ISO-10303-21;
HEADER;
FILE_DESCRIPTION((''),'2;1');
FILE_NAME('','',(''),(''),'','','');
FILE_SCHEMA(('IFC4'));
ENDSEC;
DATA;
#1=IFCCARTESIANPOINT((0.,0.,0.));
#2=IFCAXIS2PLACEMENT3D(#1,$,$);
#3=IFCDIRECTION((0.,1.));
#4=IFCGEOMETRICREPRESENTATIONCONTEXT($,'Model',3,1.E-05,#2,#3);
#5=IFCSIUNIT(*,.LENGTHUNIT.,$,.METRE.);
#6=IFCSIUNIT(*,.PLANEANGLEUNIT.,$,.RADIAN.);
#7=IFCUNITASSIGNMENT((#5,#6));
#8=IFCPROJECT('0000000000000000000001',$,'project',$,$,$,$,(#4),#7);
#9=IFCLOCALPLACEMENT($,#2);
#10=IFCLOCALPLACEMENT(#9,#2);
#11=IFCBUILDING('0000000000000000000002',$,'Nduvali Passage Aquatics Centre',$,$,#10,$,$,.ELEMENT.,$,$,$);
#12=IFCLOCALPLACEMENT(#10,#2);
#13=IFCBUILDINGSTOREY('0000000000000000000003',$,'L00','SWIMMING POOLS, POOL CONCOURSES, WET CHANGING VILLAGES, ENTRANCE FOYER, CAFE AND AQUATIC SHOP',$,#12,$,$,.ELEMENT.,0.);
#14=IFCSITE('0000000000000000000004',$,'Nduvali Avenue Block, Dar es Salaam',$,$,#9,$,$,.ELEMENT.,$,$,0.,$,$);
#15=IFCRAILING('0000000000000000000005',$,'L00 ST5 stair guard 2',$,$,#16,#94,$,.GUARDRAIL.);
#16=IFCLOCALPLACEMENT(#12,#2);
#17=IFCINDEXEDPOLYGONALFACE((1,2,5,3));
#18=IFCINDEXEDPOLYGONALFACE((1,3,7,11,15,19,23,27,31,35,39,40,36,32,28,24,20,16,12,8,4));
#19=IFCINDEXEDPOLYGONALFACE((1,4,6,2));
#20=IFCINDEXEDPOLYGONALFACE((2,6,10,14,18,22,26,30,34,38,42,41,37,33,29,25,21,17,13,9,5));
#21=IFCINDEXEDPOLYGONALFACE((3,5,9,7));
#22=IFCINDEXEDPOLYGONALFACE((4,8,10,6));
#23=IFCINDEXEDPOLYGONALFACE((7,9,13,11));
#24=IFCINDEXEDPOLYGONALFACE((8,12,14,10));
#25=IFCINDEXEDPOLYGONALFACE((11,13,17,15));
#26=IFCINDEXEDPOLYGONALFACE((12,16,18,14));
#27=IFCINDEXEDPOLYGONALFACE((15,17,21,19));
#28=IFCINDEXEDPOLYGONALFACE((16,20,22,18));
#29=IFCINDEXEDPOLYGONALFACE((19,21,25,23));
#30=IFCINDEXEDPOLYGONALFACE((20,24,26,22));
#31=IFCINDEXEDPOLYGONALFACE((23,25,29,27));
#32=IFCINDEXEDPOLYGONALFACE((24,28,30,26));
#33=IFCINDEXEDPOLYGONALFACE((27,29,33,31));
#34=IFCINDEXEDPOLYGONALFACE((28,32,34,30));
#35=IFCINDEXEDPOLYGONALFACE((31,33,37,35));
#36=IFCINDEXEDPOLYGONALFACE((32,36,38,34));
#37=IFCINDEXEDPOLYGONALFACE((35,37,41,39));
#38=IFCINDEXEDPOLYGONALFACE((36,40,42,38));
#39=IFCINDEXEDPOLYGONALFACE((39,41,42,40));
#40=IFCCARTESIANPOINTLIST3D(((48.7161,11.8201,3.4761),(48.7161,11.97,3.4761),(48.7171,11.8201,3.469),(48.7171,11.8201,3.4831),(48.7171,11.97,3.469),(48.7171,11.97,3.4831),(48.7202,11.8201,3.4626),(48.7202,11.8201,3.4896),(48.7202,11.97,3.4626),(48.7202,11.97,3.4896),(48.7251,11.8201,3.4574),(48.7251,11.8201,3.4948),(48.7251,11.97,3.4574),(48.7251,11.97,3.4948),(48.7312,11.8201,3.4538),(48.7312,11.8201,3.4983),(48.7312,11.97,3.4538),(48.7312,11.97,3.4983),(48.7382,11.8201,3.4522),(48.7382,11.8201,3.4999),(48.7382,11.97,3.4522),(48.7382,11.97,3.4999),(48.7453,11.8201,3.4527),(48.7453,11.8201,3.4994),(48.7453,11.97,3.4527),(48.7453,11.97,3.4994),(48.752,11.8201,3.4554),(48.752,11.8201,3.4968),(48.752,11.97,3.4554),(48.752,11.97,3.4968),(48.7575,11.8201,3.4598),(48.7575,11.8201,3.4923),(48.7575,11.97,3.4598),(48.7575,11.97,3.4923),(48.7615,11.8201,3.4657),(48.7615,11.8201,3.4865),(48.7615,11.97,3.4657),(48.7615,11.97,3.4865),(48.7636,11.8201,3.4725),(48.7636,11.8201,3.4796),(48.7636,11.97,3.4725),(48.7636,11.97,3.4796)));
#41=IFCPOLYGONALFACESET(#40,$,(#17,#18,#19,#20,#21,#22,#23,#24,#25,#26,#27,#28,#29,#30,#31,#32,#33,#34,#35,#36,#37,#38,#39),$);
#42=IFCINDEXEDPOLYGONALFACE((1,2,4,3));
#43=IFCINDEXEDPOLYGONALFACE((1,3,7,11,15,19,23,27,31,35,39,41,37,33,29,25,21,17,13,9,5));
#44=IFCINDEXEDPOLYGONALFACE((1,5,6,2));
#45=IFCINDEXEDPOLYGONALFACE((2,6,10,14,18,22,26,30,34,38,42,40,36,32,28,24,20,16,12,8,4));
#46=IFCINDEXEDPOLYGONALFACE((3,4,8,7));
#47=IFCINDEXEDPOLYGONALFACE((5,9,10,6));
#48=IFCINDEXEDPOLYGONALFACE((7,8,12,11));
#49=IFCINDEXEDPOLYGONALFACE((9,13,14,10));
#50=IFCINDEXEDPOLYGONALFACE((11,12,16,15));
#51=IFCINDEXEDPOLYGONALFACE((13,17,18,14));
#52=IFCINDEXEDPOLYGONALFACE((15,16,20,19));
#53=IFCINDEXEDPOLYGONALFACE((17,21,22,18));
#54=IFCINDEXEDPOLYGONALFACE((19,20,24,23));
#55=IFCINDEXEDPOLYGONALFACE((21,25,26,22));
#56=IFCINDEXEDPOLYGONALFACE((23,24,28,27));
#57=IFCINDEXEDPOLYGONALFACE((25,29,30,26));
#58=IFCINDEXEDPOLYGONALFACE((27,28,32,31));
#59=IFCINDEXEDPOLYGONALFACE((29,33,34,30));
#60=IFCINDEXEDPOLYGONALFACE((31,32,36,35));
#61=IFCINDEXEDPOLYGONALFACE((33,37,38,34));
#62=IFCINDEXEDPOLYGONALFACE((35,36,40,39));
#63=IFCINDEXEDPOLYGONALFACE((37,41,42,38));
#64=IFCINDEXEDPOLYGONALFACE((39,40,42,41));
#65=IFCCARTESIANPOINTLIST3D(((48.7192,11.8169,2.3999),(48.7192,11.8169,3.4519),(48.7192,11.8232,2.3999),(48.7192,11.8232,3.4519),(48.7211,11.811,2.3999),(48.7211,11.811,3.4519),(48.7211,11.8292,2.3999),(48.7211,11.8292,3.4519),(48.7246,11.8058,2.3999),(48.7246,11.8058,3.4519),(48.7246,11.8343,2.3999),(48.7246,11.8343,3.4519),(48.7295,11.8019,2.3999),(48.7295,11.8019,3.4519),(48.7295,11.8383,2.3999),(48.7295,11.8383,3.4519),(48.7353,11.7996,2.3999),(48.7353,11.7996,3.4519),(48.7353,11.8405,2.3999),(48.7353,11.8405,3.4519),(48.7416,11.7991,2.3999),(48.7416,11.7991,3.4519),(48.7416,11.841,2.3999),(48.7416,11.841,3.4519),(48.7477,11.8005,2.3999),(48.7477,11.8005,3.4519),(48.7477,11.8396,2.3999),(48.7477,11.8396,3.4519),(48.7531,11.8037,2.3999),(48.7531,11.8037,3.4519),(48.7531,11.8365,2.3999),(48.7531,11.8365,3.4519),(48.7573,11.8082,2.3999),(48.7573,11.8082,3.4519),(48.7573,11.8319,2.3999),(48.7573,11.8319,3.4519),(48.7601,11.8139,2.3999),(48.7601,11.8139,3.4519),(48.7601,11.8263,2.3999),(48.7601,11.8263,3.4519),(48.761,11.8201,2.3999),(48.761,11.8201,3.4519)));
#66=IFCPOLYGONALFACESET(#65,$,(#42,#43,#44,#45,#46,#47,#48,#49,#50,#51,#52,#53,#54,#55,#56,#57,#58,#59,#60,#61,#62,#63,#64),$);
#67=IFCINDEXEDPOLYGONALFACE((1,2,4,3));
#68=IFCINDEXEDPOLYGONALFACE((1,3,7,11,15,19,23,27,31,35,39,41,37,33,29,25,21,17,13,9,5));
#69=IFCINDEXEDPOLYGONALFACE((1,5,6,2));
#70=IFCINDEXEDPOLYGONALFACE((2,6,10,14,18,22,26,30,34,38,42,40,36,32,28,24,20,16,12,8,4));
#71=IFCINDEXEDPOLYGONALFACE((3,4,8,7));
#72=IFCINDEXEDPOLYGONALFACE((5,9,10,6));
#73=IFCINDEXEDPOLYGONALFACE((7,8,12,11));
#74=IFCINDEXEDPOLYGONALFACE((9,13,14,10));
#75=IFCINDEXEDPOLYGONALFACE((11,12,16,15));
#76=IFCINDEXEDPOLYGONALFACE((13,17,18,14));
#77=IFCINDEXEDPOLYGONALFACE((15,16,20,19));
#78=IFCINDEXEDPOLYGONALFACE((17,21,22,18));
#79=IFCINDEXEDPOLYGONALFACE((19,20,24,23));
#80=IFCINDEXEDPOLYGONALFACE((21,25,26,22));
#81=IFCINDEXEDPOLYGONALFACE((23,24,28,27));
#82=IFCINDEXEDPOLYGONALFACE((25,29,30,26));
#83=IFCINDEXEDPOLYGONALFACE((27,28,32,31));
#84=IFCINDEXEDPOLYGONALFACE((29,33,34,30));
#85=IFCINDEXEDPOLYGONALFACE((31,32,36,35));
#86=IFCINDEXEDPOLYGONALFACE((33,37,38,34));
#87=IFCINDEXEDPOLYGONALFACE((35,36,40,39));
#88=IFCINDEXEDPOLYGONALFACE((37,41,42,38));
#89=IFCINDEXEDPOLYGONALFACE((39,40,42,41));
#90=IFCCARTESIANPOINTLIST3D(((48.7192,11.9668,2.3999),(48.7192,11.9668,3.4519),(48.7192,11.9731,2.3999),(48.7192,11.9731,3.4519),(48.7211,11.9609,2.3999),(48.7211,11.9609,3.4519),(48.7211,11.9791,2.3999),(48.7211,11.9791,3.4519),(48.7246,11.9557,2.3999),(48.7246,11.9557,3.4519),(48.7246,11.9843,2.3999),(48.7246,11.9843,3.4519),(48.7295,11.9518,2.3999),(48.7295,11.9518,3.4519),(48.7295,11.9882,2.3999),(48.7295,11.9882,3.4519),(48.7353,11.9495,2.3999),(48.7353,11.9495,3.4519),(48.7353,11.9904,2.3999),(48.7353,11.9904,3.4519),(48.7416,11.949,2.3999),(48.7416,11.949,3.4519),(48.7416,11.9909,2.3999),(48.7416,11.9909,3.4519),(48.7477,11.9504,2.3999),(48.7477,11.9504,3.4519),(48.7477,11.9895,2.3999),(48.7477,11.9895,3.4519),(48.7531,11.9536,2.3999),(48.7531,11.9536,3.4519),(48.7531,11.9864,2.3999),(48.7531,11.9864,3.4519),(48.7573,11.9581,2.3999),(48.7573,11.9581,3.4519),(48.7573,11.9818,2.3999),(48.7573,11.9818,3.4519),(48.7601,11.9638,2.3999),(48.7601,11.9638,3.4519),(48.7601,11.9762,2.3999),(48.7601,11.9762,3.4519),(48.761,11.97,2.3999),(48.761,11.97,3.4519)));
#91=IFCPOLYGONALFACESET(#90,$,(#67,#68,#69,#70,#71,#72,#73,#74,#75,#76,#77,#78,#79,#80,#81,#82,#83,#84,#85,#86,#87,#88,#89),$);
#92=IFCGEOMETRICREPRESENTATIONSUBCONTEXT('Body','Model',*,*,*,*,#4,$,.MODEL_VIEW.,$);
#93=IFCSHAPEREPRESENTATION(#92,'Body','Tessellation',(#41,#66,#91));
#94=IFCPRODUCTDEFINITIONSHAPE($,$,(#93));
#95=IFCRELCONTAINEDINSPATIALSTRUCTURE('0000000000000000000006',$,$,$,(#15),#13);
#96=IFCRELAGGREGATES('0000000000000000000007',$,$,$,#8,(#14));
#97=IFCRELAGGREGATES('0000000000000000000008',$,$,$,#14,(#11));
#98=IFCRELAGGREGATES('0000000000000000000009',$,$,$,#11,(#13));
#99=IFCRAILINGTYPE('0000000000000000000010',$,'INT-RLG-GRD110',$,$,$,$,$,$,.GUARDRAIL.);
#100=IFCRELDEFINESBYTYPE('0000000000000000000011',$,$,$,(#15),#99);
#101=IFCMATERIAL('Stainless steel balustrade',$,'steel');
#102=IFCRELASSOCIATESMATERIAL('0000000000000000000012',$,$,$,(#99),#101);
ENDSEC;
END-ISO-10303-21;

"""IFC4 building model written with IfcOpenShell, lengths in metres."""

from ifc_helpers import new_model, si_unit, direction, frame, origin, origin_2d, place, context, subcontext, project, spatial, circle, extrude, material, type_object, element, save


model = new_model("IFC4")

# Units and contexts
model_context = context("Model", 3, precision=1e-05, world=origin(), true_north=direction((0.0, 1.0)))
body_context = subcontext(model_context, "Body", "Model", "MODEL_VIEW")
ifc_project = project(units=[si_unit("LENGTHUNIT", "METRE"), si_unit("PLANEANGLEUNIT", "RADIAN")], contexts=[model_context])

# Site, building, storey
site_placement = place(None, origin())
site = spatial("IfcSite", under=ifc_project, at=site_placement, Name="Nduvali Avenue Block, Dar es Salaam", CompositionType="ELEMENT", RefElevation=0.0)
building_placement = place(site_placement, origin())
building = spatial("IfcBuilding", under=site, at=building_placement, Name="Nduvali Passage Aquatics Centre", CompositionType="ELEMENT")
storey_placement = place(building_placement, origin())
storey = spatial("IfcBuildingStorey", under=building, at=storey_placement, Name="L00", Description="SWIMMING POOLS, POOL CONCOURSES, WET CHANGING VILLAGES, ENTRANCE FOYER, CAFE AND AQUATIC SHOP", CompositionType="ELEMENT", Elevation=0.0)

# Railing
ifc_material_1 = material(Name="Stainless steel balustrade", Category="steel")
railing_type_1 = type_object("IfcRailingType", Name="INT-RLG-GRD110", PredefinedType="GUARDRAIL", material=ifc_material_1)
railing_1_placement = place(storey_placement, frame((48.74, 11.8201, 2.3999)))
element("IfcRailing", 1, at=railing_1_placement, inside=storey, type_object=railing_type_1, Name="L00 ST5 stair guard 2", PredefinedType="GUARDRAIL", context=body_context, shape_type="SweptSolid", body=[
    extrude(circle(Radius=0.0239, at=origin_2d()), frame((0.0, 0.0, 1.0762), z_axis=(0.0, 1.0, 0.0), x_axis=(-1.0, 0.0, 0.0)), (0.0, 0.0, 1.0), 0.1499),
    extrude(circle(Radius=0.021, at=origin_2d()), origin(), (0.0, 0.0, 1.0), 1.052),
    extrude(circle(Radius=0.021, at=origin_2d()), frame((0.0, 0.1499, 0.0)), (0.0, 0.0, 1.0), 1.052),
])

save(model, "model.ifc")
